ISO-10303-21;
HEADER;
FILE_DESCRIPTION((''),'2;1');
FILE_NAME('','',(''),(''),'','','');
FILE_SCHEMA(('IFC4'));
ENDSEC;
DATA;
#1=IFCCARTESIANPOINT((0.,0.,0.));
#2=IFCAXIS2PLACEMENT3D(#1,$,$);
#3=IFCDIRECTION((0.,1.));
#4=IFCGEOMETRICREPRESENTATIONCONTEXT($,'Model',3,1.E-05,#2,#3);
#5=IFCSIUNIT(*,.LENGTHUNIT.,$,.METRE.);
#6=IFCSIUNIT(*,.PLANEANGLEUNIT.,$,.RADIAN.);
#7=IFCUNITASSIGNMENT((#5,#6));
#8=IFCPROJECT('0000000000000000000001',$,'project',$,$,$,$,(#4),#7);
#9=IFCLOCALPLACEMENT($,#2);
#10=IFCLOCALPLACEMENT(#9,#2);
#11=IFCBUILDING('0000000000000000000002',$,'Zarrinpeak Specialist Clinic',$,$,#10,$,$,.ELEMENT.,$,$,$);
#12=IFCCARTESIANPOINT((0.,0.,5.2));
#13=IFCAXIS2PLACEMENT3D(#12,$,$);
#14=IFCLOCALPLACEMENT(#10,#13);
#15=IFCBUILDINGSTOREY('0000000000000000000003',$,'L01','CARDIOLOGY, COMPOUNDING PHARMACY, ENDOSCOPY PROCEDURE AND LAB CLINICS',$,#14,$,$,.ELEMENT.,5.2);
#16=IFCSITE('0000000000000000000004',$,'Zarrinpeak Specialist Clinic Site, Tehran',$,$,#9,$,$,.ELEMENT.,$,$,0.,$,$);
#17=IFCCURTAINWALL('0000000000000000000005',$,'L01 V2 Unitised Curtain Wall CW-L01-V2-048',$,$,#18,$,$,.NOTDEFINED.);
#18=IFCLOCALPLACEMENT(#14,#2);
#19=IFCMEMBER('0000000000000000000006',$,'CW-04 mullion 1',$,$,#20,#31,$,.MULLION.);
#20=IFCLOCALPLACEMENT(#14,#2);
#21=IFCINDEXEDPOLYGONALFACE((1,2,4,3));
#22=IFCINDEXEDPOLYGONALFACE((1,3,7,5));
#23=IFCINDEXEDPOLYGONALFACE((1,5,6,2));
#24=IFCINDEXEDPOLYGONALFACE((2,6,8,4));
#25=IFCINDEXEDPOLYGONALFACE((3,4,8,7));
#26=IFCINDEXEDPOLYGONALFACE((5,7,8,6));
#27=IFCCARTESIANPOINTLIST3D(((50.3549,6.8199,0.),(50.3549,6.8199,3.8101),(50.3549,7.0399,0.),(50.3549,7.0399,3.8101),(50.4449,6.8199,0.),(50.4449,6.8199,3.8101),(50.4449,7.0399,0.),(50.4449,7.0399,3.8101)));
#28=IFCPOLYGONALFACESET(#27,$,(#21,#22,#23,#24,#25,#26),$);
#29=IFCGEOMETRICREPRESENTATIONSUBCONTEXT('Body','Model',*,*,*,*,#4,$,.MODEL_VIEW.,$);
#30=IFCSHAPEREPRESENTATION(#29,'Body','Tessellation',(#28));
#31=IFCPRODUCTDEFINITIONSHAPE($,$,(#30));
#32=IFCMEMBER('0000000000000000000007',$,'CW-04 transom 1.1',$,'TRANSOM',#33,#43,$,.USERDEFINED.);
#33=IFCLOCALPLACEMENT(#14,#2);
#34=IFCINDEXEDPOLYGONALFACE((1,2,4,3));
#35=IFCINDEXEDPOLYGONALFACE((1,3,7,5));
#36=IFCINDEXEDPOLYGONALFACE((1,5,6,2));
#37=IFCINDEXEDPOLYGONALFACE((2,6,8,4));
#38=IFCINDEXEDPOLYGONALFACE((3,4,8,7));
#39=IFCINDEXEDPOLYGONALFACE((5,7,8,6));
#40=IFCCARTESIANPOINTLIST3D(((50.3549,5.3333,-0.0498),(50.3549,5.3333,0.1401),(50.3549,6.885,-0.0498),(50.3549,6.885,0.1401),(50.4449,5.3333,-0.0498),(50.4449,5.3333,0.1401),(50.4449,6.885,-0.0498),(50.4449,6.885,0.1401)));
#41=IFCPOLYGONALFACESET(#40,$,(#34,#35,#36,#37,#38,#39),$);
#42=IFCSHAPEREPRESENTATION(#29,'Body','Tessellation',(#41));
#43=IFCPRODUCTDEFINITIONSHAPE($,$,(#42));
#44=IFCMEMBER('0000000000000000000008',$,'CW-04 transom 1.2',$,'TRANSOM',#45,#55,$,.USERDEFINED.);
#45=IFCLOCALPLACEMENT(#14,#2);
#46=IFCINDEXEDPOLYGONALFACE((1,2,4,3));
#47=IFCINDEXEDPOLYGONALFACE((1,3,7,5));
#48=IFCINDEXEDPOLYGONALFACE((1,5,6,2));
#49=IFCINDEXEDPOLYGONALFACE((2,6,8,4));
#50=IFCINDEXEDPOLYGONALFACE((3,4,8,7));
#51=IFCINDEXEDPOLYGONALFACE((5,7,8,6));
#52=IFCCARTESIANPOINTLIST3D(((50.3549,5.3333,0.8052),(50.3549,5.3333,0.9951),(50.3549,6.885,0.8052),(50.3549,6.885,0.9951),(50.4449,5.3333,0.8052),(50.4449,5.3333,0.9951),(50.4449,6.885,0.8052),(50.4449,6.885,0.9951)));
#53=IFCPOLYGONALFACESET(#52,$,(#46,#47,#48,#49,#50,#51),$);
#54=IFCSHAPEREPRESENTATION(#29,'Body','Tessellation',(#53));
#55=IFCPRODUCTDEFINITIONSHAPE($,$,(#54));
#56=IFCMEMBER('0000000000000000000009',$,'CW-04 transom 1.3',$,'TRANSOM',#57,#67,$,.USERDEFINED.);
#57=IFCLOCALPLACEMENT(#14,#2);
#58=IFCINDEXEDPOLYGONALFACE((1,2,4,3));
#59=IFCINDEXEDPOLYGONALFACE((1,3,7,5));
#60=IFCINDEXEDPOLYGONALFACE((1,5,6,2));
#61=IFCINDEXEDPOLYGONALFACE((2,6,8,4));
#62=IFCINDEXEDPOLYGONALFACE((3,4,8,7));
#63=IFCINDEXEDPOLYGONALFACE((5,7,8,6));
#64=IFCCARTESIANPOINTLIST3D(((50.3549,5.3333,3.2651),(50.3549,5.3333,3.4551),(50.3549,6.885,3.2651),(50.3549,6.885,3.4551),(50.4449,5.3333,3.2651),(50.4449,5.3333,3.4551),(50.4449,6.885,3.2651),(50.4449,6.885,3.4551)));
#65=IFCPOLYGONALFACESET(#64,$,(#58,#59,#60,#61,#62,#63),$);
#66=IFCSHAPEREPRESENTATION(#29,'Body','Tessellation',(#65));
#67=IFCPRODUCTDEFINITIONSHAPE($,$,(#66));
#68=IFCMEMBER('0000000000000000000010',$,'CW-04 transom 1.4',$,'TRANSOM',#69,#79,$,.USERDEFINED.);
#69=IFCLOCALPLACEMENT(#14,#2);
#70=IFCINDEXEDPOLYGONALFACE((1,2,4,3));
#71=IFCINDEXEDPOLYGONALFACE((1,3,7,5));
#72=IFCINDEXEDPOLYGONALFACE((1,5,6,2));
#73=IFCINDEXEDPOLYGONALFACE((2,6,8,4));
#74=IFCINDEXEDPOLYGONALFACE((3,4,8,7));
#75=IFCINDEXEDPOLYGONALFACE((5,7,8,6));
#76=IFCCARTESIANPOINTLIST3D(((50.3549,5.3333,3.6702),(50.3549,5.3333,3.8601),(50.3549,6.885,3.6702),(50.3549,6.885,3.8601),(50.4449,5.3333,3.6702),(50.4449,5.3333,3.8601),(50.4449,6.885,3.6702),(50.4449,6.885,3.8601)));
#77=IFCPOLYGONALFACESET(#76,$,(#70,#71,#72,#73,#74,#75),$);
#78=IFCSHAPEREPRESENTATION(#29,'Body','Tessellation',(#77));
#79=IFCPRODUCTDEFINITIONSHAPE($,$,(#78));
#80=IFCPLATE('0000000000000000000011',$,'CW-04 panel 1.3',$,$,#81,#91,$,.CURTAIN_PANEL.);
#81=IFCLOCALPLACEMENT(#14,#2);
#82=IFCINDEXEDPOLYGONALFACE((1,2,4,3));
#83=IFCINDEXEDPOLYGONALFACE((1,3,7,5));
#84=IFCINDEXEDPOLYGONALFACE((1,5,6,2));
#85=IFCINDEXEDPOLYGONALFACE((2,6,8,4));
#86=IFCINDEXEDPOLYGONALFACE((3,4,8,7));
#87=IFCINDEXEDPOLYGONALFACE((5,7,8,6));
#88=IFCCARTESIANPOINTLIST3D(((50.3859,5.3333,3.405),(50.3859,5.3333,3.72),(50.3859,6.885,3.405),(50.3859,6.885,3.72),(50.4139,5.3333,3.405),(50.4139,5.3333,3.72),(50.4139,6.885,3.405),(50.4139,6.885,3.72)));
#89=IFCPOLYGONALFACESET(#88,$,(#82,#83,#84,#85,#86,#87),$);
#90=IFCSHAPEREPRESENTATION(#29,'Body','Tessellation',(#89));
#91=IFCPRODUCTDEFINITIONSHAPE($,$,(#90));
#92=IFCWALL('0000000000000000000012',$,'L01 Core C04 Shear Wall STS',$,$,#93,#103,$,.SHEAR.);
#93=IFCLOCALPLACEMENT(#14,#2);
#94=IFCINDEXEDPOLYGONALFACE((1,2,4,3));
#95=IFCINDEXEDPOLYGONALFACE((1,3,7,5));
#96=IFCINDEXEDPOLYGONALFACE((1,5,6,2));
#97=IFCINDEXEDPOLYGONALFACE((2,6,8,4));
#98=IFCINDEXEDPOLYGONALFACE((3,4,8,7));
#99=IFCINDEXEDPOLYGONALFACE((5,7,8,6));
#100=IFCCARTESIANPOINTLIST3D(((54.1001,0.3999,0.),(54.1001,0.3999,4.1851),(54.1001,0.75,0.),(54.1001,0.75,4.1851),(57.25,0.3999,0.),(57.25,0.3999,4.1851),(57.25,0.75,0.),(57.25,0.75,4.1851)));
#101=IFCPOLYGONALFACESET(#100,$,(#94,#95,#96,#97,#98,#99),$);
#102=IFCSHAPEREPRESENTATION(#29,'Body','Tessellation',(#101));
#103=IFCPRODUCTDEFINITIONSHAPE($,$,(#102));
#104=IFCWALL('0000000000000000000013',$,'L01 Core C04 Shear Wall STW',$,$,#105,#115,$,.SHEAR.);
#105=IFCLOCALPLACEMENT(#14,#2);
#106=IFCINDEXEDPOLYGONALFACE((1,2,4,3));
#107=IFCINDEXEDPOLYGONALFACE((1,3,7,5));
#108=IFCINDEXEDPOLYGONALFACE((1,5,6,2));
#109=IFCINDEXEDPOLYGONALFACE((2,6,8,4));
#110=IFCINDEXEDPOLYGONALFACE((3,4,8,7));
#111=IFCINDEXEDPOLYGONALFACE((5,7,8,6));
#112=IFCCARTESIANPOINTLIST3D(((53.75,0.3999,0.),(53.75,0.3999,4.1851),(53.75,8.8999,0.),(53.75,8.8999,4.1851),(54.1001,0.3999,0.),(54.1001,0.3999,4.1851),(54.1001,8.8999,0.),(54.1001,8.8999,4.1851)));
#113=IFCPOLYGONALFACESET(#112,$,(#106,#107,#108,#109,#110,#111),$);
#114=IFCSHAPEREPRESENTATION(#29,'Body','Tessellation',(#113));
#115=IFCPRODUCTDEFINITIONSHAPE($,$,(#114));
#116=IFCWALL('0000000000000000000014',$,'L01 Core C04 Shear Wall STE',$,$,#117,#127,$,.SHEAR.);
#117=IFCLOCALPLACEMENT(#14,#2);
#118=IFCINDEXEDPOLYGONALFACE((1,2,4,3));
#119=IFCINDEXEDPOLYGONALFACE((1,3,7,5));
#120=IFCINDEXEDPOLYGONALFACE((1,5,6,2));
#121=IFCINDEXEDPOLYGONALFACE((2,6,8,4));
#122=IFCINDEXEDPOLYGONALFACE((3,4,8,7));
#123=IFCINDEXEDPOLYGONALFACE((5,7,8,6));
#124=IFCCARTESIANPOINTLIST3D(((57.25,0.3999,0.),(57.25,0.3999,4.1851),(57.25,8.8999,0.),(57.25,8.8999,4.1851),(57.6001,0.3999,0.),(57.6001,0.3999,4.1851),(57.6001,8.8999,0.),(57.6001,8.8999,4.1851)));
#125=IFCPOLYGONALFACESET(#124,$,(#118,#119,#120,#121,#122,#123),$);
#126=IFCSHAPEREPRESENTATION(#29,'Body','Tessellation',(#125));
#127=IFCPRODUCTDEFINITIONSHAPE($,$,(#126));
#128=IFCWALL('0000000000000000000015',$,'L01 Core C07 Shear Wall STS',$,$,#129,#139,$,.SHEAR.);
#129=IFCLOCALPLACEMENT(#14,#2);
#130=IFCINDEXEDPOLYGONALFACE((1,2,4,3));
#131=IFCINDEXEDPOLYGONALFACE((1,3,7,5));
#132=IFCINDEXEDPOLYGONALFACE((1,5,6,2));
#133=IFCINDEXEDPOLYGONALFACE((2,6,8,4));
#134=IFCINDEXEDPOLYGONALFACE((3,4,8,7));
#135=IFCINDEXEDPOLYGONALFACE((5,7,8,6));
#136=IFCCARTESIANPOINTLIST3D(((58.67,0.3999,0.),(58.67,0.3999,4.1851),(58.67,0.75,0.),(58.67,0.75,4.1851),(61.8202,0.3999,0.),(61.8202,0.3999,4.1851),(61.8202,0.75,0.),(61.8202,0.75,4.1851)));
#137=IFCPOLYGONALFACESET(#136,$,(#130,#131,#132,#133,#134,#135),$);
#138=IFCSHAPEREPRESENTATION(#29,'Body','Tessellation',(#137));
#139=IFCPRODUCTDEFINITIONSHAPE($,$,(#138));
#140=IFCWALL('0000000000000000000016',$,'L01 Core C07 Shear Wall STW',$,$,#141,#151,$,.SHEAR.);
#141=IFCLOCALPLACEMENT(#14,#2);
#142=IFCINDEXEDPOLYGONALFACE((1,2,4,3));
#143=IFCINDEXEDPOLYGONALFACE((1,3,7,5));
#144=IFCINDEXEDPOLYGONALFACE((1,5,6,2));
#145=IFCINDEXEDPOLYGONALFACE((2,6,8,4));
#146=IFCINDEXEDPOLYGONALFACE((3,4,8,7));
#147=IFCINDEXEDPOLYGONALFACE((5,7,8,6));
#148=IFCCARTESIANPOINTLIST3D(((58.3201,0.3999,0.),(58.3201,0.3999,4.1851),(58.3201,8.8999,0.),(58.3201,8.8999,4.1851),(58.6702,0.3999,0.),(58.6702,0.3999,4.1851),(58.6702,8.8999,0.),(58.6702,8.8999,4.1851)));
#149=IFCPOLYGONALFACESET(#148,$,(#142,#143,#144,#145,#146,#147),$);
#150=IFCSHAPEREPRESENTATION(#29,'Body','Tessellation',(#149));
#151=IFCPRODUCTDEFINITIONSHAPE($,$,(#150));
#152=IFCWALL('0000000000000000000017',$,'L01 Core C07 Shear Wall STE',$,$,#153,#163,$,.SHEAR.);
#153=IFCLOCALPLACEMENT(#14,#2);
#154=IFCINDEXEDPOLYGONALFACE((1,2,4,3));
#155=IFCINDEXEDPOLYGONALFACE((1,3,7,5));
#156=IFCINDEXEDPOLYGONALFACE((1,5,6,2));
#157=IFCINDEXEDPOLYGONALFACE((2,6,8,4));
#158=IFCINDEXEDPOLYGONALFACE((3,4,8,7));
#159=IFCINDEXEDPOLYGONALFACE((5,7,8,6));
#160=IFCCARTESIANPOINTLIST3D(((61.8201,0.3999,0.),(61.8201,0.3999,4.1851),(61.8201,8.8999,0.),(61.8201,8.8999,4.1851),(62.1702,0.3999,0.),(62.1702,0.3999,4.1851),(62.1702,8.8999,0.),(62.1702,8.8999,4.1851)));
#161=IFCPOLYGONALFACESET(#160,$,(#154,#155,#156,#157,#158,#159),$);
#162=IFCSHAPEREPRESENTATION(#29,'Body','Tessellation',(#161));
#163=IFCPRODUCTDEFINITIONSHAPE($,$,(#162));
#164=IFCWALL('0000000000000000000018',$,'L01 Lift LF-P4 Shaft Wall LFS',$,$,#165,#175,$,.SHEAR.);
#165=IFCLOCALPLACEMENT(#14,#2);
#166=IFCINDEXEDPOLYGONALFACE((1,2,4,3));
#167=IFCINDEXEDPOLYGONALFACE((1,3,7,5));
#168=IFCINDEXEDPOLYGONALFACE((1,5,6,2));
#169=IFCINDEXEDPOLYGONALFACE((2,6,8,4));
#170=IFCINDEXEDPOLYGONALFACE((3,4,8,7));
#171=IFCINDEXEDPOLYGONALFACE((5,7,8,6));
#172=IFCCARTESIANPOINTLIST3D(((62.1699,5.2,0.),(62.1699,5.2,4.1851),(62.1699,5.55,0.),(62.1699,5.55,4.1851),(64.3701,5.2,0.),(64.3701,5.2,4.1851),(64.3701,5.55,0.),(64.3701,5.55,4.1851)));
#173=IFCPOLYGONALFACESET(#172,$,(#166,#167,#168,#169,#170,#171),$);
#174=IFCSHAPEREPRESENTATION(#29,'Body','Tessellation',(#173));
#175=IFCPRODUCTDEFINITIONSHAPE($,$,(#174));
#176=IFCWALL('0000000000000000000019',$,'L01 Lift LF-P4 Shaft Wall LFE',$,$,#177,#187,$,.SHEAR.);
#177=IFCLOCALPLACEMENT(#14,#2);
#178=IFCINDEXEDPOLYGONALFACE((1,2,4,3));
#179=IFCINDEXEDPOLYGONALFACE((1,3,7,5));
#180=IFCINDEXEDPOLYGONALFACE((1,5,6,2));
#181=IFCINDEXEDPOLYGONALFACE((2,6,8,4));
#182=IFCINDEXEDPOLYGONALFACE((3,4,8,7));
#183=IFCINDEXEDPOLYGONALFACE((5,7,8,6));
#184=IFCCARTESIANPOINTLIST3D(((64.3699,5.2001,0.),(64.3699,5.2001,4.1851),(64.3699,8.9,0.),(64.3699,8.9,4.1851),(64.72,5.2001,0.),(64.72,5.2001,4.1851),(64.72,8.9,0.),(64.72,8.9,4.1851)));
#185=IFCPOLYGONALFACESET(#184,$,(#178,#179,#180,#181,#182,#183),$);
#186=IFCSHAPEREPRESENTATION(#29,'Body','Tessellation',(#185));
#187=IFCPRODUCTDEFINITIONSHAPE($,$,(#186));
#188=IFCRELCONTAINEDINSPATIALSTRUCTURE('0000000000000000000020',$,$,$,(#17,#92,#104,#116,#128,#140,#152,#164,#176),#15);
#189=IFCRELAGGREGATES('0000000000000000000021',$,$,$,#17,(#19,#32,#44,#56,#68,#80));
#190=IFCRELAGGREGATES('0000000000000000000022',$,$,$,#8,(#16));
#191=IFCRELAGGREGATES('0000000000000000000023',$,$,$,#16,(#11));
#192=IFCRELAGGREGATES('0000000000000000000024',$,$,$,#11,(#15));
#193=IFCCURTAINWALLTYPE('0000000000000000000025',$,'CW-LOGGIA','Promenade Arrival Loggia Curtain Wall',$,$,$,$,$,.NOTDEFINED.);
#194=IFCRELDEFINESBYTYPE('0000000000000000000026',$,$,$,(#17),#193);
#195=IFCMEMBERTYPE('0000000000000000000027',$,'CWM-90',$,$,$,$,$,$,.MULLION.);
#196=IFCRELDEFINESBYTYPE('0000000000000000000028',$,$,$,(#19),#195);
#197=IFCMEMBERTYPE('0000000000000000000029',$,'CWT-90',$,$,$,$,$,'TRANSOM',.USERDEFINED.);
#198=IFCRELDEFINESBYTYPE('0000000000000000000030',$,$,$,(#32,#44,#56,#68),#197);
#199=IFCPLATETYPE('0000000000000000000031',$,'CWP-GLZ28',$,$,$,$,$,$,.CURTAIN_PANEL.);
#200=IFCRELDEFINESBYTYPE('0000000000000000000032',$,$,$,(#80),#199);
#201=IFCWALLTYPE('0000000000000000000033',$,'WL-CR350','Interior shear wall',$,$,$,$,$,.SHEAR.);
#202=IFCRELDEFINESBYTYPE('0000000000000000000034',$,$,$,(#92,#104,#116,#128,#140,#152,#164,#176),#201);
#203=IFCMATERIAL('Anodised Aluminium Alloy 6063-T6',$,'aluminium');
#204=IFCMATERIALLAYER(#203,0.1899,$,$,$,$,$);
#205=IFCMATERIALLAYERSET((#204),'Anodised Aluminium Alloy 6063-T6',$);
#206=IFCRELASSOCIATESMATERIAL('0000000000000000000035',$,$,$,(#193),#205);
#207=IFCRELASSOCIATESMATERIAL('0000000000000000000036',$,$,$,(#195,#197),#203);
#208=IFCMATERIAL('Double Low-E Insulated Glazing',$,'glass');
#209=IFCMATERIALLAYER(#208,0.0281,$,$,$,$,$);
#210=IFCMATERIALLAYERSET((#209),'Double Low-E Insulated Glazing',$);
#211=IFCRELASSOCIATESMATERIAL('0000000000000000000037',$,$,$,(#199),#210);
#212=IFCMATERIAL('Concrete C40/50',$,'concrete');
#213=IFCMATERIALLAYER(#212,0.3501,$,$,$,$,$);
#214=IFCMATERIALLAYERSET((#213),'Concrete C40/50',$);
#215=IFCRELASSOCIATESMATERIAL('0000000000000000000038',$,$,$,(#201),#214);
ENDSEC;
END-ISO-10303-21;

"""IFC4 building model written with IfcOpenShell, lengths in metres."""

from ifc_helpers import new_model, si_unit, direction, frame, frame_2d, origin, origin_2d, place, context, subcontext, project, spatial, rectangle, extrude, material, layer, layer_set, material_profile, profile_set, type_object, element, aggregate, save


model = new_model("IFC4")

# Units and contexts
model_context = context("Model", 3, precision=1e-05, world=origin(), true_north=direction((0.0, 1.0)))
body_context = subcontext(model_context, "Body", "Model", "MODEL_VIEW")
ifc_project = project(units=[si_unit("LENGTHUNIT", "METRE"), si_unit("PLANEANGLEUNIT", "RADIAN")], contexts=[model_context])

# Site, building, storey
site_placement = place(None, origin())
site = spatial("IfcSite", under=ifc_project, at=site_placement, Name="Zarrinpeak Specialist Clinic Site, Tehran", CompositionType="ELEMENT", RefElevation=0.0)
building_placement = place(site_placement, origin())
building = spatial("IfcBuilding", under=site, at=building_placement, Name="Zarrinpeak Specialist Clinic", CompositionType="ELEMENT")
storey_placement = place(building_placement, frame((0.0, 0.0, 5.2)))
storey = spatial("IfcBuildingStorey", under=building, at=storey_placement, Name="L01", Description="CARDIOLOGY, COMPOUNDING PHARMACY, ENDOSCOPY PROCEDURE AND LAB CLINICS", CompositionType="ELEMENT", Elevation=5.2)

# Curtain wall, members, plate
ifc_material_1 = material(Name="Anodised Aluminium Alloy 6063-T6", Category="aluminium")
ifc_layer_1 = layer(ifc_material_1, 0.1899)
ifc_layer_set_1 = layer_set([ifc_layer_1], Name="Anodised Aluminium Alloy 6063-T6")
curtain_wall_type = type_object("IfcCurtainWallType", Name="CW-LOGGIA", Description="Promenade Arrival Loggia Curtain Wall", PredefinedType="NOTDEFINED", material=ifc_layer_set_1)
curtain_wall_placement = place(storey_placement, origin())
curtain_wall = element("IfcCurtainWall", 1, at=curtain_wall_placement, inside=storey, type_object=curtain_wall_type, Name="L01 V2 Unitised Curtain Wall CW-L01-V2-048", PredefinedType="NOTDEFINED")
ifc_material_profile_1 = material_profile(ifc_material_1, rectangle(XDim=0.0901, YDim=0.22, at=origin_2d()), Name="ALU 90x220")
ifc_profile_set_1 = profile_set([ifc_material_profile_1], Name="Anodised Aluminium Alloy 6063-T6")
member_type_1 = type_object("IfcMemberType", Name="CWM-90", PredefinedType="MULLION", material=ifc_profile_set_1)
member_1_placement = place(storey_placement, frame((50.3999, 6.9299, 0.0), z_axis=(0.0, 0.0, 1.0), x_axis=(1.0, 0.0, 0.0)))
member_1 = element("IfcMember", 2, at=member_1_placement, type_object=member_type_1, Name="CW-04 mullion 1", PredefinedType="MULLION", context=body_context, shape_type="SweptSolid", body=[
    extrude(rectangle(XDim=0.0901, YDim=0.22, at=origin_2d()), origin(), (0.0, 0.0, 1.0), 3.8101),
])
ifc_material_profile_2 = material_profile(ifc_material_1, rectangle(XDim=0.0901, YDim=0.1899, at=origin_2d()), Name="ALU 90x190")
ifc_profile_set_2 = profile_set([ifc_material_profile_2], Name="Anodised Aluminium Alloy 6063-T6")
member_type_2 = type_object("IfcMemberType", Name="CWT-90", ElementType="TRANSOM", PredefinedType="USERDEFINED", material=ifc_profile_set_2)
member_2_placement = place(storey_placement, frame((50.3999, 6.885, 0.0452), z_axis=(0.0, -1.0, 0.0), x_axis=(1.0, 0.0, 0.0)))
member_2 = element("IfcMember", 3, at=member_2_placement, type_object=member_type_2, Name="CW-04 transom 1.1", ObjectType="TRANSOM", PredefinedType="USERDEFINED", context=body_context, shape_type="SweptSolid", body=[
    extrude(rectangle(XDim=0.0901, YDim=0.1899, at=origin_2d()), origin(), (0.0, 0.0, 1.0), 1.5518),
])
member_3_placement = place(storey_placement, frame((50.3999, 6.885, 0.9001), z_axis=(0.0, -1.0, 0.0), x_axis=(1.0, 0.0, 0.0)))
member_3 = element("IfcMember", 4, at=member_3_placement, type_object=member_type_2, Name="CW-04 transom 1.2", ObjectType="TRANSOM", PredefinedType="USERDEFINED", context=body_context, shape_type="SweptSolid", body=[
    extrude(rectangle(XDim=0.0901, YDim=0.1899, at=origin_2d()), origin(), (0.0, 0.0, 1.0), 1.5518),
])
member_4_placement = place(storey_placement, frame((50.3999, 6.885, 3.3601), z_axis=(0.0, -1.0, 0.0), x_axis=(1.0, 0.0, 0.0)))
member_4 = element("IfcMember", 5, at=member_4_placement, type_object=member_type_2, Name="CW-04 transom 1.3", ObjectType="TRANSOM", PredefinedType="USERDEFINED", context=body_context, shape_type="SweptSolid", body=[
    extrude(rectangle(XDim=0.0901, YDim=0.1899, at=origin_2d()), origin(), (0.0, 0.0, 1.0), 1.5518),
])
member_5_placement = place(storey_placement, frame((50.3999, 6.885, 3.7651), z_axis=(0.0, -1.0, 0.0), x_axis=(1.0, 0.0, 0.0)))
member_5 = element("IfcMember", 6, at=member_5_placement, type_object=member_type_2, Name="CW-04 transom 1.4", ObjectType="TRANSOM", PredefinedType="USERDEFINED", context=body_context, shape_type="SweptSolid", body=[
    extrude(rectangle(XDim=0.0901, YDim=0.1899, at=origin_2d()), origin(), (0.0, 0.0, 1.0), 1.5518),
])
ifc_material_2 = material(Name="Double Low-E Insulated Glazing", Category="glass")
ifc_layer_2 = layer(ifc_material_2, 0.0281)
ifc_layer_set_2 = layer_set([ifc_layer_2], Name="Double Low-E Insulated Glazing")
plate_type = type_object("IfcPlateType", Name="CWP-GLZ28", PredefinedType="CURTAIN_PANEL", material=ifc_layer_set_2)
plate_placement = place(storey_placement, frame((50.3999, 6.1091, 3.405), z_axis=(0.0, 0.0, 1.0), x_axis=(0.0, -1.0, 0.0)))
plate = element("IfcPlate", 7, at=plate_placement, type_object=plate_type, Name="CW-04 panel 1.3", PredefinedType="CURTAIN_PANEL", context=body_context, shape_type="SweptSolid", body=[
    extrude(rectangle(XDim=1.5518, YDim=0.0281, at=origin_2d()), origin(), (0.0, 0.0, 1.0), 0.3149),
])
aggregate(curtain_wall, [member_1, member_2, member_3, member_4, member_5, plate])

# Walls
ifc_material_3 = material(Name="Concrete C40/50", Category="concrete")
ifc_layer_3 = layer(ifc_material_3, 0.3501)
ifc_layer_set_3 = layer_set([ifc_layer_3], Name="Concrete C40/50")
wall_type_1 = type_object("IfcWallType", Name="WL-CR350", Description="Interior shear wall", PredefinedType="SHEAR", material=ifc_layer_set_3)
wall_1_placement = place(storey_placement, frame((54.1001, 0.575, 0.0), z_axis=(0.0, 0.0, 1.0), x_axis=(1.0, 0.0, 0.0)))
element("IfcWall", 8, at=wall_1_placement, inside=storey, type_object=wall_type_1, Name="L01 Core C04 Shear Wall STS", PredefinedType="SHEAR", context=body_context, shape_type="SweptSolid", body=[
    extrude(rectangle(XDim=3.1499, YDim=0.3501, at=frame_2d((1.575, 0.0))), origin(), (0.0, 0.0, 1.0), 4.1851),
])
for number, where, z_axis, x_axis, name in (
    (9, (53.925, 0.3999, 0.0), (0.0, 0.0, 1.0), (0.0, 1.0, 0.0), "L01 Core C04 Shear Wall STW"),
    (10, (57.425, 0.3999, 0.0), (0.0, 0.0, 1.0), (0.0, 1.0, 0.0), "L01 Core C04 Shear Wall STE"),
):
    element("IfcWall", number, at=place(storey_placement, frame(where, z_axis=z_axis, x_axis=x_axis)), inside=storey, type_object=wall_type_1, Name=name, PredefinedType="SHEAR", context=body_context, shape_type="SweptSolid", body=[
        extrude(rectangle(XDim=8.5, YDim=0.3501, at=frame_2d((4.25, 0.0))), origin(), (0.0, 0.0, 1.0), 4.1851),
    ])
wall_2_placement = place(storey_placement, frame((58.6699, 0.575, 0.0), z_axis=(0.0, 0.0, 1.0), x_axis=(1.0, 0.0, 0.0)))
element("IfcWall", 11, at=wall_2_placement, inside=storey, type_object=wall_type_1, Name="L01 Core C07 Shear Wall STS", PredefinedType="SHEAR", context=body_context, shape_type="SweptSolid", body=[
    extrude(rectangle(XDim=3.1501, YDim=0.3501, at=frame_2d((1.5752, 0.0))), origin(), (0.0, 0.0, 1.0), 4.1851),
])
for number, where, z_axis, x_axis, name in (
    (12, (58.4951, 0.3999, 0.0), (0.0, 0.0, 1.0), (0.0, 1.0, 0.0), "L01 Core C07 Shear Wall STW"),
    (13, (61.9951, 0.3999, 0.0), (0.0, 0.0, 1.0), (0.0, 1.0, 0.0), "L01 Core C07 Shear Wall STE"),
):
    element("IfcWall", number, at=place(storey_placement, frame(where, z_axis=z_axis, x_axis=x_axis)), inside=storey, type_object=wall_type_1, Name=name, PredefinedType="SHEAR", context=body_context, shape_type="SweptSolid", body=[
        extrude(rectangle(XDim=8.5, YDim=0.3501, at=frame_2d((4.25, 0.0))), origin(), (0.0, 0.0, 1.0), 4.1851),
    ])
wall_3_placement = place(storey_placement, frame((62.1699, 5.375, 0.0), z_axis=(0.0, 0.0, 1.0), x_axis=(1.0, 0.0, 0.0)))
element("IfcWall", 14, at=wall_3_placement, inside=storey, type_object=wall_type_1, Name="L01 Lift LF-P4 Shaft Wall LFS", PredefinedType="SHEAR", context=body_context, shape_type="SweptSolid", body=[
    extrude(rectangle(XDim=2.2002, YDim=0.3501, at=frame_2d((1.1001, 0.0))), origin(), (0.0, 0.0, 1.0), 4.1851),
])
wall_4_placement = place(storey_placement, frame((64.5449, 5.2, 0.0), z_axis=(0.0, 0.0, 1.0), x_axis=(0.0, 1.0, 0.0)))
element("IfcWall", 15, at=wall_4_placement, inside=storey, type_object=wall_type_1, Name="L01 Lift LF-P4 Shaft Wall LFE", PredefinedType="SHEAR", context=body_context, shape_type="SweptSolid", body=[
    extrude(rectangle(XDim=3.7, YDim=0.3501, at=frame_2d((1.8501, 0.0))), origin(), (0.0, 0.0, 1.0), 4.1851),
])

save(model, "model.ifc")
